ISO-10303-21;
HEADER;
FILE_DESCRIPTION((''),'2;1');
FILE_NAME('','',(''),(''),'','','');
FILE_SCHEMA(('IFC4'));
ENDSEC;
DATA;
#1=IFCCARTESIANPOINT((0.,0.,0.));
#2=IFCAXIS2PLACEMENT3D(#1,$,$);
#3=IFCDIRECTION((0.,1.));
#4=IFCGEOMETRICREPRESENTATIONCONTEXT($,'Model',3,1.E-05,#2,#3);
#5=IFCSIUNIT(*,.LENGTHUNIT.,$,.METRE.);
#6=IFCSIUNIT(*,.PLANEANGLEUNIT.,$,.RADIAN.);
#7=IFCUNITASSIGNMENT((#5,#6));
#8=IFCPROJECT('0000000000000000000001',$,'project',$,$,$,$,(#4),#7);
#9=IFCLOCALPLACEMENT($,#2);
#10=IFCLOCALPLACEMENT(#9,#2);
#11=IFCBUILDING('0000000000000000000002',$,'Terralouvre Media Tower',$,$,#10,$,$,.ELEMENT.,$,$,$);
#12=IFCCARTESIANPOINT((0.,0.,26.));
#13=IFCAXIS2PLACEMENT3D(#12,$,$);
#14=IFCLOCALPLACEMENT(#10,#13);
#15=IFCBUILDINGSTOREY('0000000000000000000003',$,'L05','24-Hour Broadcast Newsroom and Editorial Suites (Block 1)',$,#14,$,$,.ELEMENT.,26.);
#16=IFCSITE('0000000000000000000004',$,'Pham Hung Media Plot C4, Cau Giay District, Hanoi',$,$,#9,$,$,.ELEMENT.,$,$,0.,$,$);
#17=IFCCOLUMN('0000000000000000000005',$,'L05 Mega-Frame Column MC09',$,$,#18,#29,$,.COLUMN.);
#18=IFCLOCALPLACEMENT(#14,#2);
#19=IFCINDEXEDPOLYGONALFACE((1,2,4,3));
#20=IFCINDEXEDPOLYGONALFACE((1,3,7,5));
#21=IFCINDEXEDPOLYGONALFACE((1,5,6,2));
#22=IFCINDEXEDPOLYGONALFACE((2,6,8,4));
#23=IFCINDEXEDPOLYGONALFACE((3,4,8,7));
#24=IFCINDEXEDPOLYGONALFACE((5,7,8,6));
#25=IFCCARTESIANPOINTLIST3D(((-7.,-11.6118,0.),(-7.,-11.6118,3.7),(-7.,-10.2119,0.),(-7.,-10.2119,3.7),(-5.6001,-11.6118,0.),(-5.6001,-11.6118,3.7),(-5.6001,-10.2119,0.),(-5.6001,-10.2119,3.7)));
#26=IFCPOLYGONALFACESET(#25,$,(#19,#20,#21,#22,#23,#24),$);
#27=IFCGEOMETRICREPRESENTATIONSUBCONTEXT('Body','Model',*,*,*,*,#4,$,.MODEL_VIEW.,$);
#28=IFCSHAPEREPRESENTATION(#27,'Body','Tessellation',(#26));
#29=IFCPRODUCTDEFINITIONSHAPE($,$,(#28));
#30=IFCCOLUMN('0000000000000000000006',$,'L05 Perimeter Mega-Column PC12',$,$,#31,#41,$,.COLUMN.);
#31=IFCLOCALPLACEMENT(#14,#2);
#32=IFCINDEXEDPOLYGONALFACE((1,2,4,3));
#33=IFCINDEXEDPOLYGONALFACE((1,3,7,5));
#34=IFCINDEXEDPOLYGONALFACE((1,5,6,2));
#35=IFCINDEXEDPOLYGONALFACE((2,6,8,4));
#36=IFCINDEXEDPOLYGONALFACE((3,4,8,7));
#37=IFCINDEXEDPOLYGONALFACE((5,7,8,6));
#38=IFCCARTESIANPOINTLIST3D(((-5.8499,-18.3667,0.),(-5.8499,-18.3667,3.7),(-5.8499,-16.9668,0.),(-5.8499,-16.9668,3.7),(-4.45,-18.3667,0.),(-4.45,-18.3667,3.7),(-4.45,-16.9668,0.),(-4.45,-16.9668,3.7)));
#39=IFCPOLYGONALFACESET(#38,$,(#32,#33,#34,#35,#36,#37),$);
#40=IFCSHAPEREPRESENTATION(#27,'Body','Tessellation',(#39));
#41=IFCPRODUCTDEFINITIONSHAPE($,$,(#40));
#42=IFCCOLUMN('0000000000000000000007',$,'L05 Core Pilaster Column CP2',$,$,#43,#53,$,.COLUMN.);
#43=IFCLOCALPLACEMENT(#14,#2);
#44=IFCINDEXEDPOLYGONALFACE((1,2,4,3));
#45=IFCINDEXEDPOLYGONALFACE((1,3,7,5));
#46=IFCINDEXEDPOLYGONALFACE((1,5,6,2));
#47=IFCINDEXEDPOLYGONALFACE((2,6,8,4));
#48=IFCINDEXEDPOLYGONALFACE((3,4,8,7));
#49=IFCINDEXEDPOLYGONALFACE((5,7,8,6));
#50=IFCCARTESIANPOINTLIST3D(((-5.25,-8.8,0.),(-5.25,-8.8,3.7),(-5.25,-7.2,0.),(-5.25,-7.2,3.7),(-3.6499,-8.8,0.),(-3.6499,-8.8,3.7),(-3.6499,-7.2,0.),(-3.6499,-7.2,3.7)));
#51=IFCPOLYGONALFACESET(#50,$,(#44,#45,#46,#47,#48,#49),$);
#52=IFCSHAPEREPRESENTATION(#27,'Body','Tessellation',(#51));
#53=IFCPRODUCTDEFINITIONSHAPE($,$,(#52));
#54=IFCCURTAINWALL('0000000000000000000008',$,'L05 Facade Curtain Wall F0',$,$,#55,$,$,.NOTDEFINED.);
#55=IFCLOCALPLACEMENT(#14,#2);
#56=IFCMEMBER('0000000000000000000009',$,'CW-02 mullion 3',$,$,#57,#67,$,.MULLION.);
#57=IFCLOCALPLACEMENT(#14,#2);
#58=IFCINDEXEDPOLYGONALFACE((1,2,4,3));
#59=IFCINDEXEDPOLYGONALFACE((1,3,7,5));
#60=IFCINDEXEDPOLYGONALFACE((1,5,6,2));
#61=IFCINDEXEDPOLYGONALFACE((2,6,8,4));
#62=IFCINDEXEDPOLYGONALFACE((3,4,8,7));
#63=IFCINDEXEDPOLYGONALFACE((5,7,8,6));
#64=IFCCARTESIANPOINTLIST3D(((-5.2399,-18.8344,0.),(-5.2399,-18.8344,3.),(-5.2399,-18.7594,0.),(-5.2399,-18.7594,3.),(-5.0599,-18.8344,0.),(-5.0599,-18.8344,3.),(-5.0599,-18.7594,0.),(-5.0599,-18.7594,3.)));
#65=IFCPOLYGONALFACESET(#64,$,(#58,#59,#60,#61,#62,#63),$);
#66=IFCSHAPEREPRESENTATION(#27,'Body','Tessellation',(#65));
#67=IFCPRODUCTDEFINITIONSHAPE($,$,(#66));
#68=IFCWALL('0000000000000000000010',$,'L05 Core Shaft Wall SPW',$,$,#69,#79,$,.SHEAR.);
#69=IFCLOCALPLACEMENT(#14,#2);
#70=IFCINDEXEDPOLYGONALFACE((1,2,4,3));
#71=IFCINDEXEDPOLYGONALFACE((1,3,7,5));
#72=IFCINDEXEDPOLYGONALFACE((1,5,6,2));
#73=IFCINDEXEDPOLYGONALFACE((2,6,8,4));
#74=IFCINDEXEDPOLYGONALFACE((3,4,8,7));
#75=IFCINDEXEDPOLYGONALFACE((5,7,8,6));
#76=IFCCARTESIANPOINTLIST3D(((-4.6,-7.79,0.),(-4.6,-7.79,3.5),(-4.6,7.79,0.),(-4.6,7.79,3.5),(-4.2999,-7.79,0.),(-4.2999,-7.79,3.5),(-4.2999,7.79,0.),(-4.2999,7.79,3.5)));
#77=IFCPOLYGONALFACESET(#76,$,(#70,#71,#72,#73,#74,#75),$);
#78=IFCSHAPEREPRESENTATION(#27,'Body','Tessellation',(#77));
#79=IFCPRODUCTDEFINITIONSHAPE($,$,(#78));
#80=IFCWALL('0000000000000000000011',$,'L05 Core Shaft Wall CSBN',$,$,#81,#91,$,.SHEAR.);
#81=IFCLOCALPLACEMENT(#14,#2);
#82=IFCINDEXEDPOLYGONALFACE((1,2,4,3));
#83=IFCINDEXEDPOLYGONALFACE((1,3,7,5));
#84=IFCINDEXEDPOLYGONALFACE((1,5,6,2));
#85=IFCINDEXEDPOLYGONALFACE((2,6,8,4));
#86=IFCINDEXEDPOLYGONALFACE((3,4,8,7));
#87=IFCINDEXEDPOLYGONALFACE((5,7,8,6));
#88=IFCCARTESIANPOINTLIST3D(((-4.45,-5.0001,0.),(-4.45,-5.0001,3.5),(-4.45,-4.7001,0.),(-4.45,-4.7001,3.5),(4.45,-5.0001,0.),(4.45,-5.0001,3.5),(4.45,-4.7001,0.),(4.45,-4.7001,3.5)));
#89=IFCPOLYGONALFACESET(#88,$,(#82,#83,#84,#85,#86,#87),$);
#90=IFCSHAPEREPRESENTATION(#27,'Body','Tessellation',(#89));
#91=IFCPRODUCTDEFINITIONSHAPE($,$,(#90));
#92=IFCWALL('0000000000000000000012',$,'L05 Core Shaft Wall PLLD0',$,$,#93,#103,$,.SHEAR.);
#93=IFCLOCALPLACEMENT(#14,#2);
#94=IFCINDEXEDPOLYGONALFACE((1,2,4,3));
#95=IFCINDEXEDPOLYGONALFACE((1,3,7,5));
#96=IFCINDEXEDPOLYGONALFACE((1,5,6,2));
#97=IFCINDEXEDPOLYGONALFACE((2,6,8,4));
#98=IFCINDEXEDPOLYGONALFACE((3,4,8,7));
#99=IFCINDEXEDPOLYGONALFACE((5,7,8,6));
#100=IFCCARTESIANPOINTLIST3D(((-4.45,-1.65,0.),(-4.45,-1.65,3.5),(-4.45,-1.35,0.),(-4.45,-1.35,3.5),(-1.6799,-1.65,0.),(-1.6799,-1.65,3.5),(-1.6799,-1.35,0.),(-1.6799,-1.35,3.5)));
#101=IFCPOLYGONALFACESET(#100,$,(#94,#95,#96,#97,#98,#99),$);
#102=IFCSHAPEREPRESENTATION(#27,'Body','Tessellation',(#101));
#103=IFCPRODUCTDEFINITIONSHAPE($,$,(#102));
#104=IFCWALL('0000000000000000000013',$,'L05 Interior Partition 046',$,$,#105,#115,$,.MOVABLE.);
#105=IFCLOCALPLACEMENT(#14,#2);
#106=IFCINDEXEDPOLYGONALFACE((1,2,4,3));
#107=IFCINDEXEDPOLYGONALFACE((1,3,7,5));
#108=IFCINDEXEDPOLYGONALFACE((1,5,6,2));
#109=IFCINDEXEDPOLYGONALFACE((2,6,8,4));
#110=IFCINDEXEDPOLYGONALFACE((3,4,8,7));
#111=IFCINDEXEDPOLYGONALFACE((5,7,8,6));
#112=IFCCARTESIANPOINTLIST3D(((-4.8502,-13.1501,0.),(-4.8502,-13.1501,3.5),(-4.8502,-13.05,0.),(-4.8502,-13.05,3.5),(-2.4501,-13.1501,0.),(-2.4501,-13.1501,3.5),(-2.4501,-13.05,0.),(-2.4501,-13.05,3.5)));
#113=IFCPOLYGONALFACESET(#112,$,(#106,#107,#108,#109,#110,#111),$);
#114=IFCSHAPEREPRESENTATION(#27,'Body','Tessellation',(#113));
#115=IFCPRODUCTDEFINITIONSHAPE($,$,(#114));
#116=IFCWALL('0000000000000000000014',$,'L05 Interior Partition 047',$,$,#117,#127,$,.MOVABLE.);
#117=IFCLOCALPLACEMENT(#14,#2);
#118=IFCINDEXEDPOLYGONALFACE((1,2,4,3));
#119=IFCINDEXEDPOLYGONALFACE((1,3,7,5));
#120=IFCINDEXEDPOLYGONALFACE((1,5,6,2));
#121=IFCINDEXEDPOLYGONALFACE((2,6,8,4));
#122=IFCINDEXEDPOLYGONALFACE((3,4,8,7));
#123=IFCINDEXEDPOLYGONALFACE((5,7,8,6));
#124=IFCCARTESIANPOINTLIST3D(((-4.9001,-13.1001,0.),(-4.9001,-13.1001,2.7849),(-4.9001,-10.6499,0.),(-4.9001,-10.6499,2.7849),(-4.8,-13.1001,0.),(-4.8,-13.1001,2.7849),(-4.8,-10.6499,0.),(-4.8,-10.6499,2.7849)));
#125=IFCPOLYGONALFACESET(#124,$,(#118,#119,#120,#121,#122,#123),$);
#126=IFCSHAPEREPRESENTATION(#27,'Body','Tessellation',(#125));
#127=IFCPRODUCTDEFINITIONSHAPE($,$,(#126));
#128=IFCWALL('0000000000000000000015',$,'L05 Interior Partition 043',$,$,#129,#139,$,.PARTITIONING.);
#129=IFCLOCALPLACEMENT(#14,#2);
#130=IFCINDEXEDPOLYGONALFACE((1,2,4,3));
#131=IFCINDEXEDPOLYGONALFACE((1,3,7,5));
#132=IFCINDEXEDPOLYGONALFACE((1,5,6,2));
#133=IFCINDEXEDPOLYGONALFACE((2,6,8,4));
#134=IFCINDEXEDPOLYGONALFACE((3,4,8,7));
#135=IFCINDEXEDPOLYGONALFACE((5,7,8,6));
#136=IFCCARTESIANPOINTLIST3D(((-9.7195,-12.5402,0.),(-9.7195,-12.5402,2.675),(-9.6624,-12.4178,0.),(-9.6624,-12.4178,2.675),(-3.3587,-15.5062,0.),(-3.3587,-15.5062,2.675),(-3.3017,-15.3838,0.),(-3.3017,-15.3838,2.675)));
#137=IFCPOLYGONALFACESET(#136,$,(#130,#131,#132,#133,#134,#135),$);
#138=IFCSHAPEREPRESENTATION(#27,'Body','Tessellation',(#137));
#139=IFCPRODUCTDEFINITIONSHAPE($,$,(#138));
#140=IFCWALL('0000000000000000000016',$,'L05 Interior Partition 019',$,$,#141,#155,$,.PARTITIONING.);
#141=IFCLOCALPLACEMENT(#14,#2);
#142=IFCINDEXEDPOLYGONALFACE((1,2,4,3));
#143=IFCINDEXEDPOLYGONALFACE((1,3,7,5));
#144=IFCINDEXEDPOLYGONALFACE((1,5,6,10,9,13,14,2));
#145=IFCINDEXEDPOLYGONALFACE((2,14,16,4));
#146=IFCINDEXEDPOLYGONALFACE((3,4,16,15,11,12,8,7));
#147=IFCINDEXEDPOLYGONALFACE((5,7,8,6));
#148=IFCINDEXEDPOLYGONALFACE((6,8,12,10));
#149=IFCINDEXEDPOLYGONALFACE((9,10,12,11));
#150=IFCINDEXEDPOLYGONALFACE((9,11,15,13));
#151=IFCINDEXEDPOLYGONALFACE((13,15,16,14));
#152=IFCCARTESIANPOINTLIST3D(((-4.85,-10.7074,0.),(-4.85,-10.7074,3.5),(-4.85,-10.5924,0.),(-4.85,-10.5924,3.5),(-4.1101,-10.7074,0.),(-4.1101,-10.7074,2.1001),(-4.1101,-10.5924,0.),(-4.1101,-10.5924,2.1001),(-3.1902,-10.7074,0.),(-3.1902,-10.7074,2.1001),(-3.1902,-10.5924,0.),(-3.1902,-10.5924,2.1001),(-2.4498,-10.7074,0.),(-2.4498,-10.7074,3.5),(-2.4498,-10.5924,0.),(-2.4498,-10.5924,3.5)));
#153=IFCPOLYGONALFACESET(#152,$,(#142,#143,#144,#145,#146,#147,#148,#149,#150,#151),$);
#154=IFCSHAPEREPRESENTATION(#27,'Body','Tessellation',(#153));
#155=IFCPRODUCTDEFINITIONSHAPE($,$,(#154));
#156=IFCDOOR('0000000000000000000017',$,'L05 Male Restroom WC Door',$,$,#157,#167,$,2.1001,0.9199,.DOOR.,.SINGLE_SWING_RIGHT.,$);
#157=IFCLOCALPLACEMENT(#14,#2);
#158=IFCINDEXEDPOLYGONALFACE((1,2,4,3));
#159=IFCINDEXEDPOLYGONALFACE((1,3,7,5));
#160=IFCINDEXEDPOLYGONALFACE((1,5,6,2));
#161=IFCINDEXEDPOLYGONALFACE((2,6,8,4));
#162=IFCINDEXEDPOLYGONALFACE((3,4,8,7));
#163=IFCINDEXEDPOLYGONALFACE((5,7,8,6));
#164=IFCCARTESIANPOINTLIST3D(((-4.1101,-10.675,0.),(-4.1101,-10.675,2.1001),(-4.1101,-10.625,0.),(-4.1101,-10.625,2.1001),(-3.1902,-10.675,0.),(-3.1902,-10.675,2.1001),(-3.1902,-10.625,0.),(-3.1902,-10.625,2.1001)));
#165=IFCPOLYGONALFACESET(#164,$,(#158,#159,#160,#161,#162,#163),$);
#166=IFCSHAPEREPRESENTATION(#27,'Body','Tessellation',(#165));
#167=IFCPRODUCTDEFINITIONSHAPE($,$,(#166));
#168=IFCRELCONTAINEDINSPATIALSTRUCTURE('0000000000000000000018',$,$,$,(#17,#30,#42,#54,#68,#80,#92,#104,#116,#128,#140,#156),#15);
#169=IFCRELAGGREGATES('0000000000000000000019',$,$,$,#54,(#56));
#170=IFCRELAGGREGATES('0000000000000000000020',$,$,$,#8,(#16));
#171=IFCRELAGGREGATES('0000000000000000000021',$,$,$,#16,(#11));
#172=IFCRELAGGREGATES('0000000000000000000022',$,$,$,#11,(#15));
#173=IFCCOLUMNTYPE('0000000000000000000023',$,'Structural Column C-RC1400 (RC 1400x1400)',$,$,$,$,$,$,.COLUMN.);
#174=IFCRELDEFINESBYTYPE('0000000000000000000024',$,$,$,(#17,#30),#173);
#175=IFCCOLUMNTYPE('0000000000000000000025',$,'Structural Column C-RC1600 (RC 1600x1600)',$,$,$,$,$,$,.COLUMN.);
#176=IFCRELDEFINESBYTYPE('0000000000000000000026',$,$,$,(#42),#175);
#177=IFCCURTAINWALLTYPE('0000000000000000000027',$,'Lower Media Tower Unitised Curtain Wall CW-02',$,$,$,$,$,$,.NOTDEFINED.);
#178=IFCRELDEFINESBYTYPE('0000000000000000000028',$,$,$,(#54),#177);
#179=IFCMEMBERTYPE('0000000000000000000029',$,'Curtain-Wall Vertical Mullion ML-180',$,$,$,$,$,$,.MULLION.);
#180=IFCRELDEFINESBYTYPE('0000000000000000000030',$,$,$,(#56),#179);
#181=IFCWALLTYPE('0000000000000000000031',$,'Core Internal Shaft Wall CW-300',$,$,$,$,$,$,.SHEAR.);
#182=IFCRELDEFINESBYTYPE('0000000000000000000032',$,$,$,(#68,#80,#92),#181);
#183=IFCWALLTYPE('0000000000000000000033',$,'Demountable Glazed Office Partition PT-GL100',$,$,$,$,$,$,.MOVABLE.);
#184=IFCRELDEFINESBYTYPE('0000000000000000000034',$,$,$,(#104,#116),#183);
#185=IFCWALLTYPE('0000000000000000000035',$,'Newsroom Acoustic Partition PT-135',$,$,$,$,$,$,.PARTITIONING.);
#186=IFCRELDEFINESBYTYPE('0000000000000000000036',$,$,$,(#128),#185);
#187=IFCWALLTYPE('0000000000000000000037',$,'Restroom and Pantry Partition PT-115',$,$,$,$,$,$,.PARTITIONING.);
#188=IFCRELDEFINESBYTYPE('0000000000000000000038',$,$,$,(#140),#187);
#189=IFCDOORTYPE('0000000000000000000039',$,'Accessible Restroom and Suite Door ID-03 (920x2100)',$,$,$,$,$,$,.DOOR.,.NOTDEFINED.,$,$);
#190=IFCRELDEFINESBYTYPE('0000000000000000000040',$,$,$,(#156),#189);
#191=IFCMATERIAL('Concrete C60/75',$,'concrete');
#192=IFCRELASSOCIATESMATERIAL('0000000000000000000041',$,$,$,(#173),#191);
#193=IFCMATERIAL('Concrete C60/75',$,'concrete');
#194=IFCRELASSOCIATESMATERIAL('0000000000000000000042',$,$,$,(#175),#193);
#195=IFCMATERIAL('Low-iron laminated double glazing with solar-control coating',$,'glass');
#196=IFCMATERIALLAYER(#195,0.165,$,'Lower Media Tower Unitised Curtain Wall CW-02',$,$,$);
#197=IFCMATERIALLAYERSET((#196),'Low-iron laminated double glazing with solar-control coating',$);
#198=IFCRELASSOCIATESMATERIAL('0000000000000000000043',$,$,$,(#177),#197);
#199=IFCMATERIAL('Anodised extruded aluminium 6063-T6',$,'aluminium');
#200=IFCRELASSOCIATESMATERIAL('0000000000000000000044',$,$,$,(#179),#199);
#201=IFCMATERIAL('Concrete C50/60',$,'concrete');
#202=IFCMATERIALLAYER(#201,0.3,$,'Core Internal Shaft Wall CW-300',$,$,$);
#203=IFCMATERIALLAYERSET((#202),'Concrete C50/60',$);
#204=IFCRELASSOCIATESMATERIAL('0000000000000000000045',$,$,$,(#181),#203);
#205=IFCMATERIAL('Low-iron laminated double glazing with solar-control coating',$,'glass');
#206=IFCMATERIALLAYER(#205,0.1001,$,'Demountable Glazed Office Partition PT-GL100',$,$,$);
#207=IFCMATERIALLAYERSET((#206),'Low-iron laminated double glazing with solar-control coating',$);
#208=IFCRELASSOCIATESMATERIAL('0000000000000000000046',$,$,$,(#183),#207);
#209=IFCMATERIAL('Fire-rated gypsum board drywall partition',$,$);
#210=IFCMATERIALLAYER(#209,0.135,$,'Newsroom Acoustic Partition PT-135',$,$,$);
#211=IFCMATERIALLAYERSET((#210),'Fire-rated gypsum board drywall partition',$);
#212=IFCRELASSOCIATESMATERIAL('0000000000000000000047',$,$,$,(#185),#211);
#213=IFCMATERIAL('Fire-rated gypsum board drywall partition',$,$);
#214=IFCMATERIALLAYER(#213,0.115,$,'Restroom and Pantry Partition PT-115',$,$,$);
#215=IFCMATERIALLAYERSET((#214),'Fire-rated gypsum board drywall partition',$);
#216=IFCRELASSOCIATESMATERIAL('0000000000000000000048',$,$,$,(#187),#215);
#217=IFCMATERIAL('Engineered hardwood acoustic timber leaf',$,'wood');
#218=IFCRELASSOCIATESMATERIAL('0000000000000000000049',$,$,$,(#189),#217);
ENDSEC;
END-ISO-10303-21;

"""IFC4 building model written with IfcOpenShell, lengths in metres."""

from ifc_helpers import new_model, si_unit, direction, frame, frame_2d, origin, origin_2d, place, context, subcontext, project, spatial, rectangle, extrude, material, layer, layer_set, material_profile, profile_set, type_object, element, fill, aggregate, save


model = new_model("IFC4")

# Units and contexts
model_context = context("Model", 3, precision=1e-05, world=origin(), true_north=direction((0.0, 1.0)))
body_context = subcontext(model_context, "Body", "Model", "MODEL_VIEW")
ifc_project = project(units=[si_unit("LENGTHUNIT", "METRE"), si_unit("PLANEANGLEUNIT", "RADIAN")], contexts=[model_context])

# Site, building, storey
site_placement = place(None, origin())
site = spatial("IfcSite", under=ifc_project, at=site_placement, Name="Pham Hung Media Plot C4, Cau Giay District, Hanoi", CompositionType="ELEMENT", RefElevation=0.0)
building_placement = place(site_placement, origin())
building = spatial("IfcBuilding", under=site, at=building_placement, Name="Terralouvre Media Tower", CompositionType="ELEMENT")
storey_placement = place(building_placement, frame((0.0, 0.0, 26.0)))
storey = spatial("IfcBuildingStorey", under=building, at=storey_placement, Name="L05", Description="24-Hour Broadcast Newsroom and Editorial Suites (Block 1)", CompositionType="ELEMENT", Elevation=26.0)

# Columns
ifc_material_1 = material(Name="Concrete C60/75", Category="concrete")
ifc_material_profile_1 = material_profile(ifc_material_1, rectangle(XDim=1.3999, YDim=1.3999, at=origin_2d()), Name="RC 1400x1400")
ifc_profile_set_1 = profile_set([ifc_material_profile_1], Name="Concrete C60/75")
column_type_1 = type_object("IfcColumnType", Name="Structural Column C-RC1400 (RC 1400x1400)", PredefinedType="COLUMN", material=ifc_profile_set_1)
for number, where, z_axis, x_axis, name in (
    (1, (-6.3, -10.9119, 0.0), (0.0, 0.0, 1.0), (1.0, 0.0, 0.0), "L05 Mega-Frame Column MC09"),
    (2, (-5.1499, -17.6667, 0.0), (0.0, 0.0, 1.0), (1.0, 0.0, 0.0), "L05 Perimeter Mega-Column PC12"),
):
    element("IfcColumn", number, at=place(storey_placement, frame(where, z_axis=z_axis, x_axis=x_axis)), inside=storey, type_object=column_type_1, Name=name, PredefinedType="COLUMN", context=body_context, shape_type="SweptSolid", body=[
        extrude(rectangle(XDim=1.3999, YDim=1.3999, at=origin_2d()), origin(), (0.0, 0.0, 1.0), 3.7),
    ])
ifc_material_2 = material(Name="Concrete C60/75", Category="concrete")
ifc_material_profile_2 = material_profile(ifc_material_2, rectangle(XDim=1.6001, YDim=1.6001, at=origin_2d()), Name="RC 1600x1600")
ifc_profile_set_2 = profile_set([ifc_material_profile_2], Name="Concrete C60/75")
column_type_2 = type_object("IfcColumnType", Name="Structural Column C-RC1600 (RC 1600x1600)", PredefinedType="COLUMN", material=ifc_profile_set_2)
column_placement = place(storey_placement, frame((-4.45, -8.0, 0.0), z_axis=(0.0, 0.0, 1.0), x_axis=(1.0, 0.0, 0.0)))
element("IfcColumn", 3, at=column_placement, inside=storey, type_object=column_type_2, Name="L05 Core Pilaster Column CP2", PredefinedType="COLUMN", context=body_context, shape_type="SweptSolid", body=[
    extrude(rectangle(XDim=1.6001, YDim=1.6001, at=origin_2d()), origin(), (0.0, 0.0, 1.0), 3.7),
])

# Curtain wall, member
ifc_material_3 = material(Name="Low-iron laminated double glazing with solar-control coating", Category="glass")
ifc_layer_1 = layer(ifc_material_3, 0.165, Name="Lower Media Tower Unitised Curtain Wall CW-02")
ifc_layer_set_1 = layer_set([ifc_layer_1], Name="Low-iron laminated double glazing with solar-control coating")
curtain_wall_type = type_object("IfcCurtainWallType", Name="Lower Media Tower Unitised Curtain Wall CW-02", PredefinedType="NOTDEFINED", material=ifc_layer_set_1)
curtain_wall_placement = place(storey_placement, origin())
curtain_wall = element("IfcCurtainWall", 4, at=curtain_wall_placement, inside=storey, type_object=curtain_wall_type, Name="L05 Facade Curtain Wall F0", PredefinedType="NOTDEFINED")
ifc_material_4 = material(Name="Anodised extruded aluminium 6063-T6", Category="aluminium")
ifc_material_profile_3 = material_profile(ifc_material_4, rectangle(XDim=0.075, YDim=0.1799, at=origin_2d()), Name="ALU 75x180")
ifc_profile_set_3 = profile_set([ifc_material_profile_3], Name="Anodised extruded aluminium 6063-T6")
member_type = type_object("IfcMemberType", Name="Curtain-Wall Vertical Mullion ML-180", PredefinedType="MULLION", material=ifc_profile_set_3)
member_placement = place(storey_placement, frame((-5.1499, -18.7969, 0.0), z_axis=(0.0, 0.0, 1.0), x_axis=(0.0, 1.0, 0.0)))
member = element("IfcMember", 5, at=member_placement, type_object=member_type, Name="CW-02 mullion 3", PredefinedType="MULLION", context=body_context, shape_type="SweptSolid", body=[
    extrude(rectangle(XDim=0.075, YDim=0.1799, at=origin_2d()), origin(), (0.0, 0.0, 1.0), 3.0),
])
aggregate(curtain_wall, [member])

# Walls
ifc_material_5 = material(Name="Concrete C50/60", Category="concrete")
ifc_layer_2 = layer(ifc_material_5, 0.3, Name="Core Internal Shaft Wall CW-300")
ifc_layer_set_2 = layer_set([ifc_layer_2], Name="Concrete C50/60")
wall_type_1 = type_object("IfcWallType", Name="Core Internal Shaft Wall CW-300", PredefinedType="SHEAR", material=ifc_layer_set_2)
wall_1_placement = place(storey_placement, frame((-4.45, -7.79, 0.0), z_axis=(0.0, 0.0, 1.0), x_axis=(0.0, 1.0, 0.0)))
element("IfcWall", 6, at=wall_1_placement, inside=storey, type_object=wall_type_1, Name="L05 Core Shaft Wall SPW", PredefinedType="SHEAR", context=body_context, shape_type="SweptSolid", body=[
    extrude(rectangle(XDim=15.5801, YDim=0.3, at=frame_2d((7.79, 0.0))), origin(), (0.0, 0.0, 1.0), 3.5),
])
wall_2_placement = place(storey_placement, frame((-4.45, -4.8501, 0.0), z_axis=(0.0, 0.0, 1.0), x_axis=(1.0, 0.0, 0.0)))
element("IfcWall", 7, at=wall_2_placement, inside=storey, type_object=wall_type_1, Name="L05 Core Shaft Wall CSBN", PredefinedType="SHEAR", context=body_context, shape_type="SweptSolid", body=[
    extrude(rectangle(XDim=8.8999, YDim=0.3, at=frame_2d((4.45, 0.0))), origin(), (0.0, 0.0, 1.0), 3.5),
])
wall_3_placement = place(storey_placement, frame((-4.45, -1.5, 0.0), z_axis=(0.0, 0.0, 1.0), x_axis=(1.0, 0.0, 0.0)))
element("IfcWall", 8, at=wall_3_placement, inside=storey, type_object=wall_type_1, Name="L05 Core Shaft Wall PLLD0", PredefinedType="SHEAR", context=body_context, shape_type="SweptSolid", body=[
    extrude(rectangle(XDim=2.77, YDim=0.3, at=frame_2d((1.385, 0.0))), origin(), (0.0, 0.0, 1.0), 3.5),
])
ifc_material_6 = material(Name="Low-iron laminated double glazing with solar-control coating", Category="glass")
ifc_layer_3 = layer(ifc_material_6, 0.1001, Name="Demountable Glazed Office Partition PT-GL100")
ifc_layer_set_3 = layer_set([ifc_layer_3], Name="Low-iron laminated double glazing with solar-control coating")
wall_type_2 = type_object("IfcWallType", Name="Demountable Glazed Office Partition PT-GL100", PredefinedType="MOVABLE", material=ifc_layer_set_3)
wall_4_placement = place(storey_placement, frame((-2.45, -13.1001, 0.0), z_axis=(0.0, 0.0, 1.0), x_axis=(-1.0, 0.0, 0.0)))
element("IfcWall", 9, at=wall_4_placement, inside=storey, type_object=wall_type_2, Name="L05 Interior Partition 046", PredefinedType="MOVABLE", context=body_context, shape_type="SweptSolid", body=[
    extrude(rectangle(XDim=2.4001, YDim=0.1001, at=frame_2d((1.2002, 0.0))), origin(), (0.0, 0.0, 1.0), 3.5),
])
wall_5_placement = place(storey_placement, frame((-4.8501, -13.1001, 0.0), z_axis=(0.0, 0.0, 1.0), x_axis=(0.0, 1.0, 0.0)))
element("IfcWall", 10, at=wall_5_placement, inside=storey, type_object=wall_type_2, Name="L05 Interior Partition 047", PredefinedType="MOVABLE", context=body_context, shape_type="SweptSolid", body=[
    extrude(rectangle(XDim=2.4502, YDim=0.1001, at=frame_2d((1.2251, 0.0))), origin(), (0.0, 0.0, 1.0), 2.7849),
])
ifc_material_7 = material(Name="Fire-rated gypsum board drywall partition")
ifc_layer_4 = layer(ifc_material_7, 0.135, Name="Newsroom Acoustic Partition PT-135")
ifc_layer_set_4 = layer_set([ifc_layer_4], Name="Fire-rated gypsum board drywall partition")
wall_type_3 = type_object("IfcWallType", Name="Newsroom Acoustic Partition PT-135", PredefinedType="PARTITIONING", material=ifc_layer_set_4)
wall_6_placement = place(storey_placement, frame((-3.3301, -15.4451, 0.0), z_axis=(0.0, 0.0, 1.0), x_axis=(-0.90631, 0.422613, 0.0)))
element("IfcWall", 11, at=wall_6_placement, inside=storey, type_object=wall_type_3, Name="L05 Interior Partition 043", PredefinedType="PARTITIONING", context=body_context, shape_type="SweptSolid", body=[
    extrude(rectangle(XDim=7.0183, YDim=0.135, at=frame_2d((3.5093, 0.0))), origin(), (0.0, 0.0, 1.0), 2.675),
])

# Wall, opening, door
ifc_material_8 = material(Name="Fire-rated gypsum board drywall partition")
ifc_layer_5 = layer(ifc_material_8, 0.115, Name="Restroom and Pantry Partition PT-115")
ifc_layer_set_5 = layer_set([ifc_layer_5], Name="Fire-rated gypsum board drywall partition")
wall_type_4 = type_object("IfcWallType", Name="Restroom and Pantry Partition PT-115", PredefinedType="PARTITIONING", material=ifc_layer_set_5)
wall_7_placement = place(storey_placement, frame((-4.8501, -10.6499, 0.0), z_axis=(0.0, 0.0, 1.0), x_axis=(1.0, 0.0, 0.0)))
wall_7 = element("IfcWall", 12, at=wall_7_placement, inside=storey, type_object=wall_type_4, Name="L05 Interior Partition 019", PredefinedType="PARTITIONING", context=body_context, shape_type="SweptSolid", body=[
    extrude(rectangle(XDim=2.4001, YDim=0.115, at=frame_2d((1.2002, 0.0))), origin(), (0.0, 0.0, 1.0), 3.5),
])
opening_1_placement = place(wall_7_placement, frame((0.74, 0.0, 0.0)))
opening_1 = element("IfcOpeningElement", 13, at=opening_1_placement, cuts=wall_7, PredefinedType="OPENING", context=body_context, shape_type="SweptSolid", body=[
    extrude(rectangle(XDim=0.9199, YDim=2.1001, at=frame_2d((0.46, 1.05))), frame((0.0, 0.0674, 0.0), z_axis=(0.0, -1.0, 0.0), x_axis=(1.0, 0.0, 0.0)), (0.0, 0.0, 1.0), 0.135),
])
ifc_material_9 = material(Name="Engineered hardwood acoustic timber leaf", Category="wood")
door_type = type_object("IfcDoorType", Name="Accessible Restroom and Suite Door ID-03 (920x2100)", OperationType="NOTDEFINED", PredefinedType="DOOR", material=ifc_material_9)
door_1_placement = place(opening_1_placement, origin())
door_1 = element("IfcDoor", 14, at=door_1_placement, inside=storey, type_object=door_type, Name="L05 Male Restroom WC Door", OperationType="SINGLE_SWING_RIGHT", OverallHeight=2.1001, OverallWidth=0.9199, PredefinedType="DOOR", context=body_context, shape_type="SweptSolid", body=[
    extrude(rectangle(XDim=0.9199, YDim=2.1001, at=frame_2d((0.46, 1.05))), frame((0.0, 0.0249, 0.0), z_axis=(0.0, -1.0, 0.0), x_axis=(1.0, 0.0, 0.0)), (0.0, 0.0, 1.0), 0.05),
])
fill(opening_1, door_1)

save(model, "model.ifc")
